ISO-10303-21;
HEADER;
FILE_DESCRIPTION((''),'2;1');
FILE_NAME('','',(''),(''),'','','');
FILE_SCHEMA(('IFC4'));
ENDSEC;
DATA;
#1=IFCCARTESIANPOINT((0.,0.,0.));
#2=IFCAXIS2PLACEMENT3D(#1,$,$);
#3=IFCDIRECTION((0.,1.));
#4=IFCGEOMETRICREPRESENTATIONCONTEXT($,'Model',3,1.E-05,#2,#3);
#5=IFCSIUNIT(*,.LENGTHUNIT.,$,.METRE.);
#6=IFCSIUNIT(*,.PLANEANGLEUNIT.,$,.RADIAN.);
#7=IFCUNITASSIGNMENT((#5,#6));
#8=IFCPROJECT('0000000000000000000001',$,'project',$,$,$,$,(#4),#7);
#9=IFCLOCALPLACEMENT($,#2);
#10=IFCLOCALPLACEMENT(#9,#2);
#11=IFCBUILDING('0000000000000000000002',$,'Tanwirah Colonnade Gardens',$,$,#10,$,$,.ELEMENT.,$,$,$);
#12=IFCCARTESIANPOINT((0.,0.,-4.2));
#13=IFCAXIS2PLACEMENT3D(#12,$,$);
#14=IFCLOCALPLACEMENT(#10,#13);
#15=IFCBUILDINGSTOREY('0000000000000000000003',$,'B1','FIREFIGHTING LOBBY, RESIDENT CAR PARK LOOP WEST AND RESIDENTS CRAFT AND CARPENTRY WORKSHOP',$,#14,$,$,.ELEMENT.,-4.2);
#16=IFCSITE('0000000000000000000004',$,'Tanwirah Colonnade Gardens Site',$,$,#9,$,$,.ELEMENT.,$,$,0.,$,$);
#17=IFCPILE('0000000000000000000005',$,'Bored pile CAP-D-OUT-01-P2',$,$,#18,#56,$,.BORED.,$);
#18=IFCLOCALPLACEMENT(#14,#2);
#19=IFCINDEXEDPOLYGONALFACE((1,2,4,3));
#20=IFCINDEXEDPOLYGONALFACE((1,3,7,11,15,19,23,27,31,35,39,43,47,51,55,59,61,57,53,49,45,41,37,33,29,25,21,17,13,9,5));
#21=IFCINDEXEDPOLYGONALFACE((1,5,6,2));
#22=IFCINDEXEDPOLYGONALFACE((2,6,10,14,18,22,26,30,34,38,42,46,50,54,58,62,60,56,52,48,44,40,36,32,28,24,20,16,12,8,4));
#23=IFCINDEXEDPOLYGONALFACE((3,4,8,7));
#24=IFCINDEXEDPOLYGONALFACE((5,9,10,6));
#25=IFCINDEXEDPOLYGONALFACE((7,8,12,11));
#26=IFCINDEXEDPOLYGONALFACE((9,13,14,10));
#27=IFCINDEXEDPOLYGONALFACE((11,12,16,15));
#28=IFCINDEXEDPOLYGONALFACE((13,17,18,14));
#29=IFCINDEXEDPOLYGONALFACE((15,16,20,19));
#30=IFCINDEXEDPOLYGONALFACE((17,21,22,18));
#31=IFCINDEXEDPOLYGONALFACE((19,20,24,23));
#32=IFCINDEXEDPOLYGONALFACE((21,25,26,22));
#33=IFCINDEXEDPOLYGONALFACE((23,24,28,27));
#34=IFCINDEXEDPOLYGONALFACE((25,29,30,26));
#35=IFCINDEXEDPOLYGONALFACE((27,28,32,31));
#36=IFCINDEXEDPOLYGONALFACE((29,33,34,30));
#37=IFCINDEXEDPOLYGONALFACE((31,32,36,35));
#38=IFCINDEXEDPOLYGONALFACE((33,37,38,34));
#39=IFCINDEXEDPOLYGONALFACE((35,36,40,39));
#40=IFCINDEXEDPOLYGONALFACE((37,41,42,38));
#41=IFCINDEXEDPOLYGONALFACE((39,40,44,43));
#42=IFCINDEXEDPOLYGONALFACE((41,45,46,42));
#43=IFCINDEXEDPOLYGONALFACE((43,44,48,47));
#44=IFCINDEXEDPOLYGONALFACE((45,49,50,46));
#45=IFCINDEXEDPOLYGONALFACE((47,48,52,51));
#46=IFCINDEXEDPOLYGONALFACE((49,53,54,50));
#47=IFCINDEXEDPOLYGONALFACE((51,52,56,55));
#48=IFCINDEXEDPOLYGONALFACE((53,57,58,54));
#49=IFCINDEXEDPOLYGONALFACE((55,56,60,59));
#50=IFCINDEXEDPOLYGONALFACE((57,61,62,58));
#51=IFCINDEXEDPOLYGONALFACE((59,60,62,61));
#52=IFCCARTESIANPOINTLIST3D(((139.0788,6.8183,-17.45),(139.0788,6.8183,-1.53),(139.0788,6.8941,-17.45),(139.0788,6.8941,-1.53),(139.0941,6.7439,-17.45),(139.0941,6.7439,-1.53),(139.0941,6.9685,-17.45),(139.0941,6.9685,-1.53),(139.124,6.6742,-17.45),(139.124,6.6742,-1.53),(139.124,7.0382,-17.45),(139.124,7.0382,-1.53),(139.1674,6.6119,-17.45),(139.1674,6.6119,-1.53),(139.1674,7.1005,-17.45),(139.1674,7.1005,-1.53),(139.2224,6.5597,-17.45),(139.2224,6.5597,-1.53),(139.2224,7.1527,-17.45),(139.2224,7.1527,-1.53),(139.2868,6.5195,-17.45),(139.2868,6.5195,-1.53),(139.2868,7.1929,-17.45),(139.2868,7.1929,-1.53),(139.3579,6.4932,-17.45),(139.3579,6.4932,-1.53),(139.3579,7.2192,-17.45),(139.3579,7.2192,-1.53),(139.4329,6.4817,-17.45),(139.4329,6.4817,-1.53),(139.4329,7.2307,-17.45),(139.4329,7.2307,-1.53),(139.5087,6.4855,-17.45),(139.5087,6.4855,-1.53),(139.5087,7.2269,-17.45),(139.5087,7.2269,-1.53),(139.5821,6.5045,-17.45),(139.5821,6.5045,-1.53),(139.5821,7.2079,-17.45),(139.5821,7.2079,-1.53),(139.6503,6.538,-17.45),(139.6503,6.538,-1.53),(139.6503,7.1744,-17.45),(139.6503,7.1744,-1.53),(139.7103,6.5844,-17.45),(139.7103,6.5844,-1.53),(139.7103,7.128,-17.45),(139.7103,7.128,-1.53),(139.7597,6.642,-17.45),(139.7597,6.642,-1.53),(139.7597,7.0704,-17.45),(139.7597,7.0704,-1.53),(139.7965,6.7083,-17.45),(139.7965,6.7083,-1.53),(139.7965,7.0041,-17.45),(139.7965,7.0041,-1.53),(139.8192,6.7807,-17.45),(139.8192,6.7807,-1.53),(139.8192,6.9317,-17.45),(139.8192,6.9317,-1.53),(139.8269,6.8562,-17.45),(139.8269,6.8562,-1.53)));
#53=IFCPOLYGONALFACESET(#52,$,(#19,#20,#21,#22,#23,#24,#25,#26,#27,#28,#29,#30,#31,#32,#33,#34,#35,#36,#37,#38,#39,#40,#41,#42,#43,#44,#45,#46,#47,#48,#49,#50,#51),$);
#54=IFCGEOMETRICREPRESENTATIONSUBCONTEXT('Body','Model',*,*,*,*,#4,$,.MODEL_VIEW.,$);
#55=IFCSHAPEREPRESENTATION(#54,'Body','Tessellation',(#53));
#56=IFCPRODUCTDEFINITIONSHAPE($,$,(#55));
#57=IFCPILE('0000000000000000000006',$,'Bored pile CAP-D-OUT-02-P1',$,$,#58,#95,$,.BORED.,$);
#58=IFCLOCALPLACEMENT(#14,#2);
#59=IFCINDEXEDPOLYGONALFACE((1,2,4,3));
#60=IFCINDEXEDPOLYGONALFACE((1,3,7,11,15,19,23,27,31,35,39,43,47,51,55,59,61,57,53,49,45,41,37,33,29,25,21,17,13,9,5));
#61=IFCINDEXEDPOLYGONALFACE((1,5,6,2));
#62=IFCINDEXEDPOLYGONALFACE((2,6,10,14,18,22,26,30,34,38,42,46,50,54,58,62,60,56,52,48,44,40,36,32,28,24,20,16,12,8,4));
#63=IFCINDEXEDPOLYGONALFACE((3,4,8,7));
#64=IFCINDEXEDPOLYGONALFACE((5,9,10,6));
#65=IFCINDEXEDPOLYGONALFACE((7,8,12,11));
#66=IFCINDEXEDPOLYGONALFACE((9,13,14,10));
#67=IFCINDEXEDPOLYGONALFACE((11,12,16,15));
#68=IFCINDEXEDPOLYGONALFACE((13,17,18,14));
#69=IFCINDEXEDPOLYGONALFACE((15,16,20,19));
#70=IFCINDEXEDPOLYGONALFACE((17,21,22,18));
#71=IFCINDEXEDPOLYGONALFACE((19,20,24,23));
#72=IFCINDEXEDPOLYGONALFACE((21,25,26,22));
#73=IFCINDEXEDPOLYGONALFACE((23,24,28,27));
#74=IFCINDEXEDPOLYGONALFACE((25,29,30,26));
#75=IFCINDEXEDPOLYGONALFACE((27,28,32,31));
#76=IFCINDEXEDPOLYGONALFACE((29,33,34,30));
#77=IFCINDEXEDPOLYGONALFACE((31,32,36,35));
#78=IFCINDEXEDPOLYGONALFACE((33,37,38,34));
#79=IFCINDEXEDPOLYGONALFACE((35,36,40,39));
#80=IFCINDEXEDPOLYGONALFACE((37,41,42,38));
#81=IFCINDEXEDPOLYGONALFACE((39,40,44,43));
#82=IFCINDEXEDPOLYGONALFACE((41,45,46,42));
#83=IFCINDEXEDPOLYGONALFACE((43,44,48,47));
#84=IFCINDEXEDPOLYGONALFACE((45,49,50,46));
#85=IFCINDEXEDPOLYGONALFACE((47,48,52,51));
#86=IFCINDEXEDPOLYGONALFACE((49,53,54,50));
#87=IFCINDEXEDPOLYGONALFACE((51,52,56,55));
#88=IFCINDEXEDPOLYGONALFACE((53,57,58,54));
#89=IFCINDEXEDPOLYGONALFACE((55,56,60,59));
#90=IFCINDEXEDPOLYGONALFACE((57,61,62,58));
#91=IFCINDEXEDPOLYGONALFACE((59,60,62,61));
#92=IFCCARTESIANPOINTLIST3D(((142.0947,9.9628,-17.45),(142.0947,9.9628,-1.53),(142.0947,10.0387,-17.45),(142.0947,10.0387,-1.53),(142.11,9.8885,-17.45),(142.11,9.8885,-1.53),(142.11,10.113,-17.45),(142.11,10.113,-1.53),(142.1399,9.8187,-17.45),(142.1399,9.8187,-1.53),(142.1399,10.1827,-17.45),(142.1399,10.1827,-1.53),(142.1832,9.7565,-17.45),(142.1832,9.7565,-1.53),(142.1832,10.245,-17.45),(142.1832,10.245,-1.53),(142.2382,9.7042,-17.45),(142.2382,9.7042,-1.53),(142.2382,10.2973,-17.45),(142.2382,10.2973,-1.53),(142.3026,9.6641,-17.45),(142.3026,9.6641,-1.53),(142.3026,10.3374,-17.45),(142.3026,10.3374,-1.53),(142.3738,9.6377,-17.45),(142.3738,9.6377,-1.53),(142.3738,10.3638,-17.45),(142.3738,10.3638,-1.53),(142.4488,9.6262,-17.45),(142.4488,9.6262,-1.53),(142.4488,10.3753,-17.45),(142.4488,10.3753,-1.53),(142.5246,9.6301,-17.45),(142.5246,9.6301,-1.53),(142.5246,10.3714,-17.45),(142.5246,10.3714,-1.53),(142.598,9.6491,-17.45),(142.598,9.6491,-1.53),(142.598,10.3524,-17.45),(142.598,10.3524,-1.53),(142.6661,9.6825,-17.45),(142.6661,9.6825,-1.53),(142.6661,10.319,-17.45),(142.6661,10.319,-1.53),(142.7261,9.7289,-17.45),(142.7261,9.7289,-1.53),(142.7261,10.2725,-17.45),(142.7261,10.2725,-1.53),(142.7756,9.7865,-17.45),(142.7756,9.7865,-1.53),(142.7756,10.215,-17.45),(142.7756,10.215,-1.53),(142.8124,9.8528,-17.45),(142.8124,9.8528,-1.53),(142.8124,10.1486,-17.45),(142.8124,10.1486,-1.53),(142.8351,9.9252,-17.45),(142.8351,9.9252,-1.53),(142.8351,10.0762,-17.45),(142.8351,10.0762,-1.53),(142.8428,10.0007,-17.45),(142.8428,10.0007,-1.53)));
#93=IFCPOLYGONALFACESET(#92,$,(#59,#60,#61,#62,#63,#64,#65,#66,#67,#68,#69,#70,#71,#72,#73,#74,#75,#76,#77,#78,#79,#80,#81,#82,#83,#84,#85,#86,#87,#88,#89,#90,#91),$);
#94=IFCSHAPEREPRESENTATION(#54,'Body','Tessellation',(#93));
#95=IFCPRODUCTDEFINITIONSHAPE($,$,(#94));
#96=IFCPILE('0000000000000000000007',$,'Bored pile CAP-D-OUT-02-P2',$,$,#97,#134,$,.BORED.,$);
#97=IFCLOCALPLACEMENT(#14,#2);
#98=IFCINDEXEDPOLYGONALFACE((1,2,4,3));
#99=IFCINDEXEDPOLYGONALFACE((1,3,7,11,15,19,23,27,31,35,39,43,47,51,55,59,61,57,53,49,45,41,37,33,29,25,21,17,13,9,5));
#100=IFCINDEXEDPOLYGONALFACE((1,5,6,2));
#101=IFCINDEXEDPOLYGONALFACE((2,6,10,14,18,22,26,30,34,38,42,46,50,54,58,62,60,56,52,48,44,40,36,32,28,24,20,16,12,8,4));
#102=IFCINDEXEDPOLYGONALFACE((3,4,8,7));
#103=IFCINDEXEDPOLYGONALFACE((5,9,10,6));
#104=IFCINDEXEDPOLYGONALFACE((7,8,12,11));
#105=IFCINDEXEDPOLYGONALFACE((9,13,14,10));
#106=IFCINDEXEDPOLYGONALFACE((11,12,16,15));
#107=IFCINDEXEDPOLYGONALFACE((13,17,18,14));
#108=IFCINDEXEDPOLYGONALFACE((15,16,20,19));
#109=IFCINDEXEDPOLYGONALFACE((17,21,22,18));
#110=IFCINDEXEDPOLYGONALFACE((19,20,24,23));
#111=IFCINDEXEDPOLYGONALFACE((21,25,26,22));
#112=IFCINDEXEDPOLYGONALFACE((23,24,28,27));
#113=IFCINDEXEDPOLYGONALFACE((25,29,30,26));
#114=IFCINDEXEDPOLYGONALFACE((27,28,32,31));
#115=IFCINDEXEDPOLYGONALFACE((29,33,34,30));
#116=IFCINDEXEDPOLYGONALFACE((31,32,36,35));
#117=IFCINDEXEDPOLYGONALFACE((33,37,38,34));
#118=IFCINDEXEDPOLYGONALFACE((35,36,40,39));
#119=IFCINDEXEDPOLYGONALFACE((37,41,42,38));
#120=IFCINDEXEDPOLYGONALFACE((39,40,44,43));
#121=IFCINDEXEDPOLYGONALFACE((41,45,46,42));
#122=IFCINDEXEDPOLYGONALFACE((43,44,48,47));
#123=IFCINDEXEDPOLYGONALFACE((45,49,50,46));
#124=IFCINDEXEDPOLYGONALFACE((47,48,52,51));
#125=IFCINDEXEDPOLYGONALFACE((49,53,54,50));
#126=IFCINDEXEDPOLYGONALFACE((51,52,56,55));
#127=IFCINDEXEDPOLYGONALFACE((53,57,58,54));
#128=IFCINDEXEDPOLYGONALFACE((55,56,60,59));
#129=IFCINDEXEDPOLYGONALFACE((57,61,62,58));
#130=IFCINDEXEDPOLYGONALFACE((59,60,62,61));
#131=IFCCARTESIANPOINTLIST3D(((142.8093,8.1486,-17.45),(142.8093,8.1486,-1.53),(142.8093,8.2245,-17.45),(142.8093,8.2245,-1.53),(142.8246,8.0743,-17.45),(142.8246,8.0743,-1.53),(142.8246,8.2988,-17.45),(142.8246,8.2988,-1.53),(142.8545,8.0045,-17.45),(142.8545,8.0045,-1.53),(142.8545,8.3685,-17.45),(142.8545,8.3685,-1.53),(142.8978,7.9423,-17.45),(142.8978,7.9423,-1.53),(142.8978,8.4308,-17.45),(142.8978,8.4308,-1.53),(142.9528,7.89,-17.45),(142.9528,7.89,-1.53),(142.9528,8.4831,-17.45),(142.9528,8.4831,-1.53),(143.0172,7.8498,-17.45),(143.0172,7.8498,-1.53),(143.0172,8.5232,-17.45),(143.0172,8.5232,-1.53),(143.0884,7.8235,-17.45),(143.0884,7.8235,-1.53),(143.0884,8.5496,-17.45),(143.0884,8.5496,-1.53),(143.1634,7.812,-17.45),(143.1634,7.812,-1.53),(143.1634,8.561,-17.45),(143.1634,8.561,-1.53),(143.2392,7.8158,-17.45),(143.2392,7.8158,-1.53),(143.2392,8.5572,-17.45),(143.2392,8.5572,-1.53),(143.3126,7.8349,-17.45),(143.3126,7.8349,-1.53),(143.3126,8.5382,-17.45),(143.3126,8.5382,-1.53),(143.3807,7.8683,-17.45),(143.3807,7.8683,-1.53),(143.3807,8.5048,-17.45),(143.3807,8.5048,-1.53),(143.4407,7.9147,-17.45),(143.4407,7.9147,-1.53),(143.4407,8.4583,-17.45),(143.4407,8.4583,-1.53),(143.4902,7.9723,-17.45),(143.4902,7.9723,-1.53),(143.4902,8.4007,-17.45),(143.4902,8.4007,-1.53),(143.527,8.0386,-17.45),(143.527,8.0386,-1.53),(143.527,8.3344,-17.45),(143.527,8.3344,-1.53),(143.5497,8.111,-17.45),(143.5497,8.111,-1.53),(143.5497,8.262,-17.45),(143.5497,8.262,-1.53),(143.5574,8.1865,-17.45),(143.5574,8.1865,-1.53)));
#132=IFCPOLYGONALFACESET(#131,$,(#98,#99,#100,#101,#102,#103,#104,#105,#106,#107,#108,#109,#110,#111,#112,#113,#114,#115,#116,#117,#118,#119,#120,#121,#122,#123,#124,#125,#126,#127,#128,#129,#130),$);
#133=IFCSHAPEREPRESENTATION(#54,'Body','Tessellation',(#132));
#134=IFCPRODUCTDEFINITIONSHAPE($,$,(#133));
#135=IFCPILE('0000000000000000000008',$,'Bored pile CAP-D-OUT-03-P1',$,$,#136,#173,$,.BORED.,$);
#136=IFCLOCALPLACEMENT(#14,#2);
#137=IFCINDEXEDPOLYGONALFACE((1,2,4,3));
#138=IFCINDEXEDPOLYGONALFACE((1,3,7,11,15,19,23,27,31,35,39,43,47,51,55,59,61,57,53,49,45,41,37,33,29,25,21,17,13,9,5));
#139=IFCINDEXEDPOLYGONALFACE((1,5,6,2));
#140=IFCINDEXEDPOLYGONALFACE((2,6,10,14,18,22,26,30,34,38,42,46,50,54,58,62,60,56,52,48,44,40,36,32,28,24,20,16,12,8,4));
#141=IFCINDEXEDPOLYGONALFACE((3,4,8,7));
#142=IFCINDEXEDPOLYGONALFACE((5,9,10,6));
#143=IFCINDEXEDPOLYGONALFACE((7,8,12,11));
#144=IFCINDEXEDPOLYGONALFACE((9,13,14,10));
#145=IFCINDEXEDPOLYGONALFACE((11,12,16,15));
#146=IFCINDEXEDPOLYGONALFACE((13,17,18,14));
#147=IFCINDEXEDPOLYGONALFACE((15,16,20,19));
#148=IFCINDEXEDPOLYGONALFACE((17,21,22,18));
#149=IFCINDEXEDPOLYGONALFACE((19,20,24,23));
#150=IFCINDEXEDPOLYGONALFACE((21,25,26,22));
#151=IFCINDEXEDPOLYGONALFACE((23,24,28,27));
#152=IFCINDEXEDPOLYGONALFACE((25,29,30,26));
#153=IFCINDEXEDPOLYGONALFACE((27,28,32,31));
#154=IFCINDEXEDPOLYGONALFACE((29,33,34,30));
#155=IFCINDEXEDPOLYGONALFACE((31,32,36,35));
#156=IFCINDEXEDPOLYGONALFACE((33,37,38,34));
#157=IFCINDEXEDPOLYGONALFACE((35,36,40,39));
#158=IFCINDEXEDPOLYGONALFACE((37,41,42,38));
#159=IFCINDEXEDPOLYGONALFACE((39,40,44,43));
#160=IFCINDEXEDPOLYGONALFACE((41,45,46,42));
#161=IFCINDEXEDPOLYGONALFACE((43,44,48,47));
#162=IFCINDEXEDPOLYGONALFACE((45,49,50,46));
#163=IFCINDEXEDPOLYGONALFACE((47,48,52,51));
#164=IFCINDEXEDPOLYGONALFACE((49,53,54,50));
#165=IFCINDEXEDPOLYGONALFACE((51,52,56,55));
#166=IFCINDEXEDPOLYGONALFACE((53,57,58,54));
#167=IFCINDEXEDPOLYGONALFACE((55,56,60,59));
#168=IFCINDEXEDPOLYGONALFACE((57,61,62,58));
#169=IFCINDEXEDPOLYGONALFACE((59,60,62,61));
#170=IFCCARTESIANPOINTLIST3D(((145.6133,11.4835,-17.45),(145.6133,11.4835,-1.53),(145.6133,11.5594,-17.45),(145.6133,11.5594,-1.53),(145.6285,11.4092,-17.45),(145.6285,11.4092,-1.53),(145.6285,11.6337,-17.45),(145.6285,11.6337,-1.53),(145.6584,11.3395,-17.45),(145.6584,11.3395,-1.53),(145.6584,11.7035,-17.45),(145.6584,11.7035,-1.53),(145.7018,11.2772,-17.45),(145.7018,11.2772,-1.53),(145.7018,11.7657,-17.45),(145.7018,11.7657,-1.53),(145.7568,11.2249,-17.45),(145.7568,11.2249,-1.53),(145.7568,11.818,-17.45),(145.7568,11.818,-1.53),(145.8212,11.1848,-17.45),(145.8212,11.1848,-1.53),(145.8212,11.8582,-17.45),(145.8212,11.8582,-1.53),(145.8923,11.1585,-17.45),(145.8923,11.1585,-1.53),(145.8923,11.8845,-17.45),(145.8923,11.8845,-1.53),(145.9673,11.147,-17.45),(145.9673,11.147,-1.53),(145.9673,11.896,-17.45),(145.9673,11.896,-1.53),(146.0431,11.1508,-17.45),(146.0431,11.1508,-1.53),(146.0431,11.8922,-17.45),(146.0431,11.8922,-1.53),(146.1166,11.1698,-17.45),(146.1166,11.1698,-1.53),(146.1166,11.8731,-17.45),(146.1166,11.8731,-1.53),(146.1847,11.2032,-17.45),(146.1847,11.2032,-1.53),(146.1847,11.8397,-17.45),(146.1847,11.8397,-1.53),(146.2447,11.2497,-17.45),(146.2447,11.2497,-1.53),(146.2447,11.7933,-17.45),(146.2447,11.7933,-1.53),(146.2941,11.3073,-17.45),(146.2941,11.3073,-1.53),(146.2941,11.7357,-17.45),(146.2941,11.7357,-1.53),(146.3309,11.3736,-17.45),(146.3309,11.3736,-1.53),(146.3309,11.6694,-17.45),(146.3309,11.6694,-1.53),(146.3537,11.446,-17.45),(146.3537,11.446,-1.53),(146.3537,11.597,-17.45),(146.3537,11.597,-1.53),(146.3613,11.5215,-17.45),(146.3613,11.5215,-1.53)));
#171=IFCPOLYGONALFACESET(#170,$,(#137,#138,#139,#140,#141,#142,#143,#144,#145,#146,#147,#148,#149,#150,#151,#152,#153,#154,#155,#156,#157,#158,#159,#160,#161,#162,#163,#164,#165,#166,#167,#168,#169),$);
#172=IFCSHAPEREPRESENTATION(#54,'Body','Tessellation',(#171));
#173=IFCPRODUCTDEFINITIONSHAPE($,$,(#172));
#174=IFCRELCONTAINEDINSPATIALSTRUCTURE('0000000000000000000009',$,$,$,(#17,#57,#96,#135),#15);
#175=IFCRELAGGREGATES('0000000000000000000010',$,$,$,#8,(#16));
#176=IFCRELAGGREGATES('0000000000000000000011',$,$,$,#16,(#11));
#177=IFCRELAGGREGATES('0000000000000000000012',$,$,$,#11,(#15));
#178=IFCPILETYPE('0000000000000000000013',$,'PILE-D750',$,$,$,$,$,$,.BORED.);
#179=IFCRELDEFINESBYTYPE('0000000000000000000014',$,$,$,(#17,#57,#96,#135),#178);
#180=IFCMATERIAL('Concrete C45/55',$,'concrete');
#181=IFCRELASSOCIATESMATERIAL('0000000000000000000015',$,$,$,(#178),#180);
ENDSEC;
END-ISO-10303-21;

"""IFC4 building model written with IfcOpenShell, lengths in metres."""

from ifc_helpers import new_model, si_unit, direction, frame, origin, origin_2d, place, context, subcontext, project, spatial, circle, extrude, material, material_profile, profile_set, type_object, element, save


model = new_model("IFC4")

# Units and contexts
model_context = context("Model", 3, precision=1e-05, world=origin(), true_north=direction((0.0, 1.0)))
body_context = subcontext(model_context, "Body", "Model", "MODEL_VIEW")
ifc_project = project(units=[si_unit("LENGTHUNIT", "METRE"), si_unit("PLANEANGLEUNIT", "RADIAN")], contexts=[model_context])

# Site, building, storey
site_placement = place(None, origin())
site = spatial("IfcSite", under=ifc_project, at=site_placement, Name="Tanwirah Colonnade Gardens Site", CompositionType="ELEMENT", RefElevation=0.0)
building_placement = place(site_placement, origin())
building = spatial("IfcBuilding", under=site, at=building_placement, Name="Tanwirah Colonnade Gardens", CompositionType="ELEMENT")
storey_placement = place(building_placement, frame((0.0, 0.0, -4.2)))
storey = spatial("IfcBuildingStorey", under=building, at=storey_placement, Name="B1", Description="FIREFIGHTING LOBBY, RESIDENT CAR PARK LOOP WEST AND RESIDENTS CRAFT AND CARPENTRY WORKSHOP", CompositionType="ELEMENT", Elevation=-4.2)

# Shared definitions
ifc_material_1 = material(Name="Concrete C45/55", Category="concrete")

# Piles
ifc_material_profile_1 = material_profile(ifc_material_1, circle(Radius=0.375, at=origin_2d()), Name="PILE D750")
ifc_profile_set_1 = profile_set([ifc_material_profile_1], Name="Concrete C45/55")
pile_type_1 = type_object("IfcPileType", Name="PILE-D750", PredefinedType="BORED", material=ifc_profile_set_1)
for number, where, z_axis, x_axis, name in (
    (1, (139.4519, 6.8562, -1.53), (0.0, 0.0, -1.0), (1.0, 0.0, 0.0), "Bored pile CAP-D-OUT-01-P2"),
    (2, (142.4678, 10.0007, -1.53), (0.0, 0.0, -1.0), (1.0, 0.0, 0.0), "Bored pile CAP-D-OUT-02-P1"),
    (3, (143.1824, 8.1865, -1.53), (0.0, 0.0, -1.0), (1.0, 0.0, 0.0), "Bored pile CAP-D-OUT-02-P2"),
    (4, (145.9863, 11.5215, -1.53), (0.0, 0.0, -1.0), (1.0, 0.0, 0.0), "Bored pile CAP-D-OUT-03-P1"),
):
    element("IfcPile", number, at=place(storey_placement, frame(where, z_axis=z_axis, x_axis=x_axis)), inside=storey, type_object=pile_type_1, Name=name, PredefinedType="BORED", context=body_context, shape_type="SweptSolid", body=[
        extrude(circle(Radius=0.375, at=origin_2d()), origin(), (0.0, 0.0, 1.0), 15.9199),
    ])

save(model, "model.ifc")
